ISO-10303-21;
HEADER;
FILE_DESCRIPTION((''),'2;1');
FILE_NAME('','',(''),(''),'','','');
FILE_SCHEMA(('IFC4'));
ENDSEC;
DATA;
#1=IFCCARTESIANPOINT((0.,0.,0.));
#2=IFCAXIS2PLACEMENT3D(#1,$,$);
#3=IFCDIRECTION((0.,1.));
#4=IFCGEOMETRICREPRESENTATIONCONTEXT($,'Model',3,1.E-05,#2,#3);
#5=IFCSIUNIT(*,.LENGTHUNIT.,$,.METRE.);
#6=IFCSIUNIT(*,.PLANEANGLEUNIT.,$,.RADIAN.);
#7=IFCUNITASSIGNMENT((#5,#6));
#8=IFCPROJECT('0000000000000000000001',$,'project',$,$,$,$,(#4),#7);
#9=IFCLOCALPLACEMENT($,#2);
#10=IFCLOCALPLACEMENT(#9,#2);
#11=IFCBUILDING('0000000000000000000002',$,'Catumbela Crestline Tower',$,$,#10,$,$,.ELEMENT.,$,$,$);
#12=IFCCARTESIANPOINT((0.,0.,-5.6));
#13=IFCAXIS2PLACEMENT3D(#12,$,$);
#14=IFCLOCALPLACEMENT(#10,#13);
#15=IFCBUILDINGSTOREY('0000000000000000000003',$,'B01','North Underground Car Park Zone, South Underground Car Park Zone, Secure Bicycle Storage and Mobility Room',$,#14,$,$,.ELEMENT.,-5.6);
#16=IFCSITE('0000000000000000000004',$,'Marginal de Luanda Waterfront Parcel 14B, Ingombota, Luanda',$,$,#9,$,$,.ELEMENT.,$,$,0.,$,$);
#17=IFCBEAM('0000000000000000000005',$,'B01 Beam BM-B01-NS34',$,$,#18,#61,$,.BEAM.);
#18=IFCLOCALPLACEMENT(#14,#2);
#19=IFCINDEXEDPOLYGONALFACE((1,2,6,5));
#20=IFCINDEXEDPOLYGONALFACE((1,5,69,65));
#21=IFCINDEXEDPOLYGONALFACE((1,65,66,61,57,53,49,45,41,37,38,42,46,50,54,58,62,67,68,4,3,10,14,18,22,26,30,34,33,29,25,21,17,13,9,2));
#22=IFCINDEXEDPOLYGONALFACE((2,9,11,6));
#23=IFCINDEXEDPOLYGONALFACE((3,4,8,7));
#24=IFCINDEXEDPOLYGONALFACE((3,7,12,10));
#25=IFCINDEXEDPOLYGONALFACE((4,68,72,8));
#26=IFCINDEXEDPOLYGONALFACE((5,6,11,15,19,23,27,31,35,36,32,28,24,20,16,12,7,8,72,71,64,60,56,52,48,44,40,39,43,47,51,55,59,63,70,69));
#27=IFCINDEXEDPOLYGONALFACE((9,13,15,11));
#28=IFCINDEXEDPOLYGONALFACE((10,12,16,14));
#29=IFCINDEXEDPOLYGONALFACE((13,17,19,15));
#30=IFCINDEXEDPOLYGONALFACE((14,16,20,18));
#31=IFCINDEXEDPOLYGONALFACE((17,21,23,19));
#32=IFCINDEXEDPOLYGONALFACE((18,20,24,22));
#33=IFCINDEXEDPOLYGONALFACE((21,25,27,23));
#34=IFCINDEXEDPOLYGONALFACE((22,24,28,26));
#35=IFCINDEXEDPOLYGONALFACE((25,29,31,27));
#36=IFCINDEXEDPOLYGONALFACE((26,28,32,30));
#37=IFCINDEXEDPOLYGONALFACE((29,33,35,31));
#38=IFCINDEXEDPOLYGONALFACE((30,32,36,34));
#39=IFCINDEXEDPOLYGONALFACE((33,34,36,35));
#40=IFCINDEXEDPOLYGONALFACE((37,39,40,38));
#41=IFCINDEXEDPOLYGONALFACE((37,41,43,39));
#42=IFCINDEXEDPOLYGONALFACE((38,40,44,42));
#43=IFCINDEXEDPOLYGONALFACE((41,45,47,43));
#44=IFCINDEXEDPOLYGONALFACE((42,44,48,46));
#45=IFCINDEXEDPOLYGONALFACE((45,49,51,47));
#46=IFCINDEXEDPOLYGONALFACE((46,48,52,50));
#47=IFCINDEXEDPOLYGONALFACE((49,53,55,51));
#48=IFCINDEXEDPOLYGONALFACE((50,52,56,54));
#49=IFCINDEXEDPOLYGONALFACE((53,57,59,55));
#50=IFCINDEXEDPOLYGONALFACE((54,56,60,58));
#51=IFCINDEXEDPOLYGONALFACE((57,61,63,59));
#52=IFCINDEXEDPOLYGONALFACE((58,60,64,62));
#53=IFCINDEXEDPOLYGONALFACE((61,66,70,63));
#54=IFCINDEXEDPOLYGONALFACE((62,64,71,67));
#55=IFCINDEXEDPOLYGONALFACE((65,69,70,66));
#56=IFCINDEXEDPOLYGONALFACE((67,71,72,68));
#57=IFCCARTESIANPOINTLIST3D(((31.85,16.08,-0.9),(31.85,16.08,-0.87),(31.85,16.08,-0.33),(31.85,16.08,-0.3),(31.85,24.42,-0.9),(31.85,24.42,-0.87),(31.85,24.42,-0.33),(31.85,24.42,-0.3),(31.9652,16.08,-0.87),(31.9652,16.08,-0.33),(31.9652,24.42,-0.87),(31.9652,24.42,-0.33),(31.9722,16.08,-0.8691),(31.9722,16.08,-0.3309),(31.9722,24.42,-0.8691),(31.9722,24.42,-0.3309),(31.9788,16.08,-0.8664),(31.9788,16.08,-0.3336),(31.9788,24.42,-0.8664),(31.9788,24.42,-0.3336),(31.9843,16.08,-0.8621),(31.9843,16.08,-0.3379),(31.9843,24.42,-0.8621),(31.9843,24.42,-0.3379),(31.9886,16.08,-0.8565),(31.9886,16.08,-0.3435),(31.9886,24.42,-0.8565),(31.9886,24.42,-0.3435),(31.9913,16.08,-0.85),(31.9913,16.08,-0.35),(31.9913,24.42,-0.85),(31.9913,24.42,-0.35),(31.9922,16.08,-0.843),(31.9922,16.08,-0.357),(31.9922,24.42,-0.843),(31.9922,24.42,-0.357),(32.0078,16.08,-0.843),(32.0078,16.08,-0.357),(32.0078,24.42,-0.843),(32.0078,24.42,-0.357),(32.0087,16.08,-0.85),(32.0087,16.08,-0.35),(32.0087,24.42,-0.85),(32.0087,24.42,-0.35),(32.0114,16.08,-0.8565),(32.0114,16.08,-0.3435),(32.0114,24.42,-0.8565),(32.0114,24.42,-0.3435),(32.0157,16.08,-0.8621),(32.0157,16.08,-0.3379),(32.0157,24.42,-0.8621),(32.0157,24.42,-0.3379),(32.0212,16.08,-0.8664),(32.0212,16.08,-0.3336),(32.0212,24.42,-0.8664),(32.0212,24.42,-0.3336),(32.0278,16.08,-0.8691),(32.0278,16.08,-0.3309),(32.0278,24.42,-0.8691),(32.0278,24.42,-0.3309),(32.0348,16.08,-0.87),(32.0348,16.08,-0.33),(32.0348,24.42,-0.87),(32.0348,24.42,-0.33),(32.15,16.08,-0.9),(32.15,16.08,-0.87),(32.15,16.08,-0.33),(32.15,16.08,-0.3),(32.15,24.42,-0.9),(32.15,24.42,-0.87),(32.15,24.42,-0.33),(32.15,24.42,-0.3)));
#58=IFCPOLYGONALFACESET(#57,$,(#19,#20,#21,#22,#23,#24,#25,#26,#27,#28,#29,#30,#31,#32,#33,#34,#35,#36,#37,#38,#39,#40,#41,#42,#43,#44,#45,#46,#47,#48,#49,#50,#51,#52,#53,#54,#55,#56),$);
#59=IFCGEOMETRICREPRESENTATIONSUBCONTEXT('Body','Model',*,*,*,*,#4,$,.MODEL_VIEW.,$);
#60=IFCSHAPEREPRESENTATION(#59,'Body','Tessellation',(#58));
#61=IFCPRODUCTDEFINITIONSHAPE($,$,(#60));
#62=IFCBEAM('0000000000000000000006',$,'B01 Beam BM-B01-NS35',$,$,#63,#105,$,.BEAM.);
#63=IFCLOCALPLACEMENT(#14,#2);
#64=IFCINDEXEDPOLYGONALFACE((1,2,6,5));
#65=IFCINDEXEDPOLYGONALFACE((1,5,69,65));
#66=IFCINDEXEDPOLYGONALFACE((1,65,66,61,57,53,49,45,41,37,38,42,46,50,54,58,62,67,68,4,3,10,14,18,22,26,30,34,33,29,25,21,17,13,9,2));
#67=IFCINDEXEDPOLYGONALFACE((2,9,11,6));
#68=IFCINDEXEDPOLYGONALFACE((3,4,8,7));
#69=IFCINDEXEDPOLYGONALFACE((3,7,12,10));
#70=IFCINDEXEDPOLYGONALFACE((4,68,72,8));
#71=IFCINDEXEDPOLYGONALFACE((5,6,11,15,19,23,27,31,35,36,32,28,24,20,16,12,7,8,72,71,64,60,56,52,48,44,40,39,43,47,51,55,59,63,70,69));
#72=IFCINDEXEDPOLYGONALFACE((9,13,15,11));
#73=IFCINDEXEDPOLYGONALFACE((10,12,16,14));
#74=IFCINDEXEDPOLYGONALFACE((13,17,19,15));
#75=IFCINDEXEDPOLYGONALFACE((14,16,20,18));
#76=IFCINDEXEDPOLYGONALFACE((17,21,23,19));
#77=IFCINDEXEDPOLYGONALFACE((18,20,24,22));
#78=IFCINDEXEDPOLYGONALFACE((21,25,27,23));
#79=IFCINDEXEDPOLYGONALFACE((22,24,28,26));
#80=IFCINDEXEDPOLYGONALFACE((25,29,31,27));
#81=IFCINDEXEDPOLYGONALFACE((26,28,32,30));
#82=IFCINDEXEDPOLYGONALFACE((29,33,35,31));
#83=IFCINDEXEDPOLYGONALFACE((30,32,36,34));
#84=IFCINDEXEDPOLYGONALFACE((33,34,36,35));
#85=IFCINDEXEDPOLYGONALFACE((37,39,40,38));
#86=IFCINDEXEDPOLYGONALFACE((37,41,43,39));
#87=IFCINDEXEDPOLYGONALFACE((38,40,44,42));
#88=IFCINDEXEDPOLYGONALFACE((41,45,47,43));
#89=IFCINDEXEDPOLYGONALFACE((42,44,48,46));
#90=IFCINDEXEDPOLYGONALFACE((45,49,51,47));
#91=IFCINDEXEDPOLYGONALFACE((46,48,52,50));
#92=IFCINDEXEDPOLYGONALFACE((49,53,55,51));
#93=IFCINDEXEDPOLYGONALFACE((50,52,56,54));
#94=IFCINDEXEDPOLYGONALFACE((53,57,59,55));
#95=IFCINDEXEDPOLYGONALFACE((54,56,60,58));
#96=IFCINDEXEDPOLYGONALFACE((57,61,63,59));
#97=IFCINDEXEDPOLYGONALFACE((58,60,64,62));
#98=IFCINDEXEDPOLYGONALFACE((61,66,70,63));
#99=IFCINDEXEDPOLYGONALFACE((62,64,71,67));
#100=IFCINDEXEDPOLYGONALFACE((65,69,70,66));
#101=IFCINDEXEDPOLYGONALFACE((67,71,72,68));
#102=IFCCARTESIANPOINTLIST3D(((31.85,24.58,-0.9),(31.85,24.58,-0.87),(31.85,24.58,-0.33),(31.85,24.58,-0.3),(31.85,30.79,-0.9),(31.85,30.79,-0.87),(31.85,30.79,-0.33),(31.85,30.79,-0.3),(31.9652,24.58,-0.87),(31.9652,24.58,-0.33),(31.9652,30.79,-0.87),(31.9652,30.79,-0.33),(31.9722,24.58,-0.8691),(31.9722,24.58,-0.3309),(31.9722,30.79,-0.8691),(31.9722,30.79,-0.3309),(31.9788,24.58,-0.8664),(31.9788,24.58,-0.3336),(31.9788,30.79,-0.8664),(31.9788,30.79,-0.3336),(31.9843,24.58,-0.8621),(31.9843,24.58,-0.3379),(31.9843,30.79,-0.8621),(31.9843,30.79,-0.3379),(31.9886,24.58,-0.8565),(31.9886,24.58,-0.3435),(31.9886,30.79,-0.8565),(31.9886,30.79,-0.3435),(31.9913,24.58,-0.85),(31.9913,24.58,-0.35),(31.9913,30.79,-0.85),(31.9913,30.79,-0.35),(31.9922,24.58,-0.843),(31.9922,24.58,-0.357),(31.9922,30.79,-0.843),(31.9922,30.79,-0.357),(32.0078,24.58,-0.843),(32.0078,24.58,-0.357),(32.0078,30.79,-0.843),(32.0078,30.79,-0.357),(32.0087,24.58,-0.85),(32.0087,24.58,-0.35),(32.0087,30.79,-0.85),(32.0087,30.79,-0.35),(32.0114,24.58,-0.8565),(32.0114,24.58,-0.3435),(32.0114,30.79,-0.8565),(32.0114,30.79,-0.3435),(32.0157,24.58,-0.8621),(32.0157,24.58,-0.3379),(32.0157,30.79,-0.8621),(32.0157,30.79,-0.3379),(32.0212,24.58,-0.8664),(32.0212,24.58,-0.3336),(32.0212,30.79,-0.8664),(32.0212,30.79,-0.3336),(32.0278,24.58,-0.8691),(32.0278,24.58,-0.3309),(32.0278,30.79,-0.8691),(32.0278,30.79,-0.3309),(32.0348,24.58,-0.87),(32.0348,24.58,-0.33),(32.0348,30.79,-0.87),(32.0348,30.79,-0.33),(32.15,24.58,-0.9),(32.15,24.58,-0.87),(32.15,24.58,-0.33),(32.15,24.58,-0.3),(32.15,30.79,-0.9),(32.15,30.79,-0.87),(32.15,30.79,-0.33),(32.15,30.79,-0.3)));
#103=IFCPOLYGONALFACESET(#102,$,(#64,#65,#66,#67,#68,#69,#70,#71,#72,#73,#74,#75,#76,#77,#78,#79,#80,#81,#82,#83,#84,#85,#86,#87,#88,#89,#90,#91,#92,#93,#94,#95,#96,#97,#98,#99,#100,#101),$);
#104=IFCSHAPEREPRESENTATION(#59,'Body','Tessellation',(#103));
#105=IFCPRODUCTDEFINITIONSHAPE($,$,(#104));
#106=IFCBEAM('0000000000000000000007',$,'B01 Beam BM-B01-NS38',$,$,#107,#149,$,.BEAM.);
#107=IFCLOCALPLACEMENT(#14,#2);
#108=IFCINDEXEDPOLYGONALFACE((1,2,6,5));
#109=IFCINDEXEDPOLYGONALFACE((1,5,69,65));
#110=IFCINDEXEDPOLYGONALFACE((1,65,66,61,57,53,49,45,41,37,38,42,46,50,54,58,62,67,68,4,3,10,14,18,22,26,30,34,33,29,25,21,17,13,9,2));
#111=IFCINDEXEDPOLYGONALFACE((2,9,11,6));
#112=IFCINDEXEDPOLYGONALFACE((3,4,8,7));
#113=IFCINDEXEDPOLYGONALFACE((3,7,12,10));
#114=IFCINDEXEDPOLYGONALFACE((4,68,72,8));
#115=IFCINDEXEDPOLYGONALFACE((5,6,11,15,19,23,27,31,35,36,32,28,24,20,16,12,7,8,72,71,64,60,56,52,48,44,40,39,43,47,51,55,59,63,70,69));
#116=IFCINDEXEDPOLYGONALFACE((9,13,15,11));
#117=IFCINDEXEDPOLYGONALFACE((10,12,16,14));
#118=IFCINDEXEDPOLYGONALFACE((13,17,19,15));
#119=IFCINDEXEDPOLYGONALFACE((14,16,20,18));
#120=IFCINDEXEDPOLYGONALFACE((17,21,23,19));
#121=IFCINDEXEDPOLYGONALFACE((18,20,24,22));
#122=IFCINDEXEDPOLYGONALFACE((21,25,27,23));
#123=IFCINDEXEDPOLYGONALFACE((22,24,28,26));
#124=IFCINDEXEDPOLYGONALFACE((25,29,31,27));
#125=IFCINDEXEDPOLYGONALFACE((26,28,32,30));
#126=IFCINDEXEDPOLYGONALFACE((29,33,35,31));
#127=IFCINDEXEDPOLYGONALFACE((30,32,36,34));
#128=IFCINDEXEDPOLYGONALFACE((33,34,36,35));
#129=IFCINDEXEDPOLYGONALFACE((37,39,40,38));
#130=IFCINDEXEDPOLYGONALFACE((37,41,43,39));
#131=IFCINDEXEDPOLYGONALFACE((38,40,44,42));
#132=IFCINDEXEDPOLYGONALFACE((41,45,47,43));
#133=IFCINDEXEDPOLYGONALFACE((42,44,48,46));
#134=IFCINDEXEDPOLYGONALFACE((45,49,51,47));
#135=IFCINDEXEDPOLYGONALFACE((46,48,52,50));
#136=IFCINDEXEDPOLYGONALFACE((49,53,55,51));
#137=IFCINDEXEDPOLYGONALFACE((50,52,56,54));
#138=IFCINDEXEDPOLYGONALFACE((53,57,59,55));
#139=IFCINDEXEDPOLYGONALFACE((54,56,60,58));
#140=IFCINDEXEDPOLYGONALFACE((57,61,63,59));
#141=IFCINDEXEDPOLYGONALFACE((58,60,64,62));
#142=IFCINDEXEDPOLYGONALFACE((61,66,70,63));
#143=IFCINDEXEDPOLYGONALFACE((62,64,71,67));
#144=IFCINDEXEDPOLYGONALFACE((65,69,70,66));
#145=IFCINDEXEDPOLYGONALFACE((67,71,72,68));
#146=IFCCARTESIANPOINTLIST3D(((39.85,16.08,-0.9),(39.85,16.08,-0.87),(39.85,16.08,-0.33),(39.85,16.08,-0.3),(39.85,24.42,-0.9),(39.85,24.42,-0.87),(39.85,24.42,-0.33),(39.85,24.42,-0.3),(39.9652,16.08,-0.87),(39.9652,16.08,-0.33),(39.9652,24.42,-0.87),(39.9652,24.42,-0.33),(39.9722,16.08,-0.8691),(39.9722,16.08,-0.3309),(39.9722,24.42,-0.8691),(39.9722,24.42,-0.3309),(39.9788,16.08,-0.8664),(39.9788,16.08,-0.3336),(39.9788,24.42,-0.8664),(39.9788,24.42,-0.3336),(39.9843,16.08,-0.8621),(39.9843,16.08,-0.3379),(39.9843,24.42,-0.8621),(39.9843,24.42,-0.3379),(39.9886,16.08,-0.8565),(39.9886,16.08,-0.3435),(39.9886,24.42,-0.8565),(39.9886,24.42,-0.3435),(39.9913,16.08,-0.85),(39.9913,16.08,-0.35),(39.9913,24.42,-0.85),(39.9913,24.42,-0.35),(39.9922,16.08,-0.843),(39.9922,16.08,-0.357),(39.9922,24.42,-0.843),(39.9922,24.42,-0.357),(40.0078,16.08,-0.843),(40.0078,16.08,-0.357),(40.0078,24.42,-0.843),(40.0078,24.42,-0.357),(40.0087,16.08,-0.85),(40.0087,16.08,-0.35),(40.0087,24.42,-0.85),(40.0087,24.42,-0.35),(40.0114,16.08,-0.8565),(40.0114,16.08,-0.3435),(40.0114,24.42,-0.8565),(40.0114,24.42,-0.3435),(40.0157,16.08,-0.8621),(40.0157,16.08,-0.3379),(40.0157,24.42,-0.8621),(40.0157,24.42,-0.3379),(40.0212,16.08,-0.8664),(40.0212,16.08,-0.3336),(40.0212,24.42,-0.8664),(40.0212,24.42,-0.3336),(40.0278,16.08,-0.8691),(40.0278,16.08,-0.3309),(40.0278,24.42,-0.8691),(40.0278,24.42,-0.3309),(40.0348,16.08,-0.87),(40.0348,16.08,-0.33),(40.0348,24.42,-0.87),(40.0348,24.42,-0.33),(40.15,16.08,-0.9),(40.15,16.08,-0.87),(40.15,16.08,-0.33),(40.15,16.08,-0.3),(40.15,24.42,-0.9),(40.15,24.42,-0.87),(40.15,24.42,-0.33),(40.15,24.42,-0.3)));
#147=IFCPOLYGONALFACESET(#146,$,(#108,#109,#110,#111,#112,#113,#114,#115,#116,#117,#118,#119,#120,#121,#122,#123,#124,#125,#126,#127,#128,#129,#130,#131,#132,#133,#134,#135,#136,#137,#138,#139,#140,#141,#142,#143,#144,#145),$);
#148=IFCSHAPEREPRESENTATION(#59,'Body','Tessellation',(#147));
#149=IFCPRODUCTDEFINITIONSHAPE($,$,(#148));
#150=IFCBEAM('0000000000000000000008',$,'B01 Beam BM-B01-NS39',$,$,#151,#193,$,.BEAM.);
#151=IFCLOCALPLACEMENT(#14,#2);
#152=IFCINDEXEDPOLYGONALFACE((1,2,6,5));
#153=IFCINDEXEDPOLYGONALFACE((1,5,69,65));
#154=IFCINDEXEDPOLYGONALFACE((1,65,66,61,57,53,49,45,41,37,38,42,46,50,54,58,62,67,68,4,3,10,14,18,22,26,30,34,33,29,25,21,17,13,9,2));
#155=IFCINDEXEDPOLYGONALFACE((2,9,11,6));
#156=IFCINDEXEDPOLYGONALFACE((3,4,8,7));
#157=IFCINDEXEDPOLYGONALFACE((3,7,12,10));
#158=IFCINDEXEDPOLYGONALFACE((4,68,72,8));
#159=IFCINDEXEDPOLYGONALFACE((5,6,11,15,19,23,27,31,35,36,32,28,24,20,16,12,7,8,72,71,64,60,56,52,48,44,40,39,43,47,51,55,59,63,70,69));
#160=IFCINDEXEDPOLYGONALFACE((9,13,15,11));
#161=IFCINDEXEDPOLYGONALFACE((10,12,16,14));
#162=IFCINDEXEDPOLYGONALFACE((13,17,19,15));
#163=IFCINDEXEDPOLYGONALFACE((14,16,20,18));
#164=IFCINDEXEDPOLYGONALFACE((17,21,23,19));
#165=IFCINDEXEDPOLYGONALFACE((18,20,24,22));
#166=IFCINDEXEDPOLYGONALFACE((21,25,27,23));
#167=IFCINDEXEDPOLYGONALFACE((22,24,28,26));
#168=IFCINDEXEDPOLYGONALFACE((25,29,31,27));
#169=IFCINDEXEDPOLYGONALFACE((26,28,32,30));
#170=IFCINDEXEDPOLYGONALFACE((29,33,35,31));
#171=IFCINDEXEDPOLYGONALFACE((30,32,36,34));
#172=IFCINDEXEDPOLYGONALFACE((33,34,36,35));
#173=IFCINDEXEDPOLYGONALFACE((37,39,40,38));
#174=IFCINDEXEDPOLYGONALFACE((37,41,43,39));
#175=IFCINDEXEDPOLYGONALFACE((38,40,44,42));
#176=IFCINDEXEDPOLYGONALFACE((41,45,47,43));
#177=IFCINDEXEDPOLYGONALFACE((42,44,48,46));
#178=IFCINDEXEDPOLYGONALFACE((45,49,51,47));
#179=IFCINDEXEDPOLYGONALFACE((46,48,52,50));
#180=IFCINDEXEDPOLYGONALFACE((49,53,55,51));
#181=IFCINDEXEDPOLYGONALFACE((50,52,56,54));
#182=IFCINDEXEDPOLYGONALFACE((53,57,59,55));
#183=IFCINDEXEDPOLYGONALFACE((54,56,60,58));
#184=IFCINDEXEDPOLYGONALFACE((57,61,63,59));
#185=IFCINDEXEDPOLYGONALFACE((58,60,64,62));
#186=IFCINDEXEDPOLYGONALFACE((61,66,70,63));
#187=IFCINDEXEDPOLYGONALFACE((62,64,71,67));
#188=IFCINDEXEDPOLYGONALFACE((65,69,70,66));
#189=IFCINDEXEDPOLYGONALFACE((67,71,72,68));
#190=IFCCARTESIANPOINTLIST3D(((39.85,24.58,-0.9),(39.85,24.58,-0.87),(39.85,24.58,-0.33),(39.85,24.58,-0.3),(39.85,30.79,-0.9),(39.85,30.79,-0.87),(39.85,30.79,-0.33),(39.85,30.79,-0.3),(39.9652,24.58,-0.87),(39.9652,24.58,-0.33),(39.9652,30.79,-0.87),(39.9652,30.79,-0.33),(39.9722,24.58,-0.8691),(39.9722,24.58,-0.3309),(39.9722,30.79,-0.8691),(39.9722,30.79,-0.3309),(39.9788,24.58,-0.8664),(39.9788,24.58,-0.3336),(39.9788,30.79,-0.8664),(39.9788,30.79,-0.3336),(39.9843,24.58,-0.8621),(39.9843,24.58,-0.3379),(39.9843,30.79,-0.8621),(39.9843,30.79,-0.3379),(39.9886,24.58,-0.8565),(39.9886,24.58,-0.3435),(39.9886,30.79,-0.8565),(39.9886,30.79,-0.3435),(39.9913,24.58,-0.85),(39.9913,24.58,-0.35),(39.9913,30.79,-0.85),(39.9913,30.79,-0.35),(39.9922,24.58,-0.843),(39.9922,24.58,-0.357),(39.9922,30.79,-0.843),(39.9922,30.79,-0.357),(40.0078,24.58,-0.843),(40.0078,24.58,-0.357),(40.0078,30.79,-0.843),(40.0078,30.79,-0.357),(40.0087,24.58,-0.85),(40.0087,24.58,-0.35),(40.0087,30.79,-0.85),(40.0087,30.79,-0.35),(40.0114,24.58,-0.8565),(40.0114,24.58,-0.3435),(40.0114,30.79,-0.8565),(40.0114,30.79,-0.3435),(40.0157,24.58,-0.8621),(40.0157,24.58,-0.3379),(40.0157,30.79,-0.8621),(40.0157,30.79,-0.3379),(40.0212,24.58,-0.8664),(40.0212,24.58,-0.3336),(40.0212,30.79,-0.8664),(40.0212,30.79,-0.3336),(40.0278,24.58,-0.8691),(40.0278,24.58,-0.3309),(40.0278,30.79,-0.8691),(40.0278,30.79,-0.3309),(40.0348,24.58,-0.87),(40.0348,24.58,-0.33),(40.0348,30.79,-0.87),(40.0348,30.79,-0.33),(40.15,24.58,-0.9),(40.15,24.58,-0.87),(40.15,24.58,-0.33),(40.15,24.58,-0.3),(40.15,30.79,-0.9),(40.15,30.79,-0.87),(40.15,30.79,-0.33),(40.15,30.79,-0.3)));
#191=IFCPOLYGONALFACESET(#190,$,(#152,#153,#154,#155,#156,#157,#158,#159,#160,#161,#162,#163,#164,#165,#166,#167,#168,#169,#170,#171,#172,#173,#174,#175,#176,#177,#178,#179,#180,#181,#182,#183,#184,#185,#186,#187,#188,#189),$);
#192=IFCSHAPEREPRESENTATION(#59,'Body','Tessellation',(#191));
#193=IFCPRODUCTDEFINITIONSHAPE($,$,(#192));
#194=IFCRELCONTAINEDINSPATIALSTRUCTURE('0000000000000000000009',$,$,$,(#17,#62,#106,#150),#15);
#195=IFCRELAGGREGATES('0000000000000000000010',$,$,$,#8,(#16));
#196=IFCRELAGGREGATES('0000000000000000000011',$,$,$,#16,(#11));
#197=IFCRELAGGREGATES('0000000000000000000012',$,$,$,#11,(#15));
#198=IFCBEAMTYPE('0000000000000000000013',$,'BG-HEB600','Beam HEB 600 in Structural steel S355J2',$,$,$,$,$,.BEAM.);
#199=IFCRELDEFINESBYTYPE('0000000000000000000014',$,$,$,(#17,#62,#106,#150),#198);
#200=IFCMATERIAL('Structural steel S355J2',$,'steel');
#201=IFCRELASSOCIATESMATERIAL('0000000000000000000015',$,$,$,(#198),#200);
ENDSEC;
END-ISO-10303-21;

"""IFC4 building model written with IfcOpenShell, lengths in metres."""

from ifc_helpers import new_model, si_unit, direction, frame, origin, origin_2d, place, context, subcontext, project, spatial, i_section, extrude, material, material_profile, profile_set, type_object, element, save


model = new_model("IFC4")

# Units and contexts
model_context = context("Model", 3, precision=1e-05, world=origin(), true_north=direction((0.0, 1.0)))
body_context = subcontext(model_context, "Body", "Model", "MODEL_VIEW")
ifc_project = project(units=[si_unit("LENGTHUNIT", "METRE"), si_unit("PLANEANGLEUNIT", "RADIAN")], contexts=[model_context])

# Site, building, storey
site_placement = place(None, origin())
site = spatial("IfcSite", under=ifc_project, at=site_placement, Name="Marginal de Luanda Waterfront Parcel 14B, Ingombota, Luanda", CompositionType="ELEMENT", RefElevation=0.0)
building_placement = place(site_placement, origin())
building = spatial("IfcBuilding", under=site, at=building_placement, Name="Catumbela Crestline Tower", CompositionType="ELEMENT")
storey_placement = place(building_placement, frame((0.0, 0.0, -5.6)))
storey = spatial("IfcBuildingStorey", under=building, at=storey_placement, Name="B01", Description="North Underground Car Park Zone, South Underground Car Park Zone, Secure Bicycle Storage and Mobility Room", CompositionType="ELEMENT", Elevation=-5.6)

# Beams
ifc_material_1 = material(Name="Structural steel S355J2", Category="steel")
ifc_material_profile_1 = material_profile(ifc_material_1, i_section(OverallWidth=0.3, OverallDepth=0.6, WebThickness=0.0155, FlangeThickness=0.03, FilletRadius=0.027, at=origin_2d()), Name="HEB 600")
ifc_profile_set_1 = profile_set([ifc_material_profile_1], Name="Structural steel S355J2")
beam_type_1 = type_object("IfcBeamType", Name="BG-HEB600", Description="Beam HEB 600 in Structural steel S355J2", PredefinedType="BEAM", material=ifc_profile_set_1)
beam_1_placement = place(storey_placement, frame((32.0, 16.08, -0.6), z_axis=(0.0, 1.0, 0.0), x_axis=(-1.0, 0.0, 0.0)))
element("IfcBeam", 1, at=beam_1_placement, inside=storey, type_object=beam_type_1, Name="B01 Beam BM-B01-NS34", PredefinedType="BEAM", context=body_context, shape_type="SweptSolid", body=[
    extrude(i_section(OverallWidth=0.3, OverallDepth=0.6, WebThickness=0.0155, FlangeThickness=0.03, FilletRadius=0.027, at=origin_2d()), origin(), (0.0, 0.0, 1.0), 8.34),
])
beam_2_placement = place(storey_placement, frame((32.0, 24.58, -0.6), z_axis=(0.0, 1.0, 0.0), x_axis=(-1.0, 0.0, 0.0)))
element("IfcBeam", 2, at=beam_2_placement, inside=storey, type_object=beam_type_1, Name="B01 Beam BM-B01-NS35", PredefinedType="BEAM", context=body_context, shape_type="SweptSolid", body=[
    extrude(i_section(OverallWidth=0.3, OverallDepth=0.6, WebThickness=0.0155, FlangeThickness=0.03, FilletRadius=0.027, at=origin_2d()), origin(), (0.0, 0.0, 1.0), 6.21),
])
beam_3_placement = place(storey_placement, frame((40.0, 16.08, -0.6), z_axis=(0.0, 1.0, 0.0), x_axis=(-1.0, 0.0, 0.0)))
element("IfcBeam", 3, at=beam_3_placement, inside=storey, type_object=beam_type_1, Name="B01 Beam BM-B01-NS38", PredefinedType="BEAM", context=body_context, shape_type="SweptSolid", body=[
    extrude(i_section(OverallWidth=0.3, OverallDepth=0.6, WebThickness=0.0155, FlangeThickness=0.03, FilletRadius=0.027, at=origin_2d()), origin(), (0.0, 0.0, 1.0), 8.34),
])
beam_4_placement = place(storey_placement, frame((40.0, 24.58, -0.6), z_axis=(0.0, 1.0, 0.0), x_axis=(-1.0, 0.0, 0.0)))
element("IfcBeam", 4, at=beam_4_placement, inside=storey, type_object=beam_type_1, Name="B01 Beam BM-B01-NS39", PredefinedType="BEAM", context=body_context, shape_type="SweptSolid", body=[
    extrude(i_section(OverallWidth=0.3, OverallDepth=0.6, WebThickness=0.0155, FlangeThickness=0.03, FilletRadius=0.027, at=origin_2d()), origin(), (0.0, 0.0, 1.0), 6.21),
])

save(model, "model.ifc")
